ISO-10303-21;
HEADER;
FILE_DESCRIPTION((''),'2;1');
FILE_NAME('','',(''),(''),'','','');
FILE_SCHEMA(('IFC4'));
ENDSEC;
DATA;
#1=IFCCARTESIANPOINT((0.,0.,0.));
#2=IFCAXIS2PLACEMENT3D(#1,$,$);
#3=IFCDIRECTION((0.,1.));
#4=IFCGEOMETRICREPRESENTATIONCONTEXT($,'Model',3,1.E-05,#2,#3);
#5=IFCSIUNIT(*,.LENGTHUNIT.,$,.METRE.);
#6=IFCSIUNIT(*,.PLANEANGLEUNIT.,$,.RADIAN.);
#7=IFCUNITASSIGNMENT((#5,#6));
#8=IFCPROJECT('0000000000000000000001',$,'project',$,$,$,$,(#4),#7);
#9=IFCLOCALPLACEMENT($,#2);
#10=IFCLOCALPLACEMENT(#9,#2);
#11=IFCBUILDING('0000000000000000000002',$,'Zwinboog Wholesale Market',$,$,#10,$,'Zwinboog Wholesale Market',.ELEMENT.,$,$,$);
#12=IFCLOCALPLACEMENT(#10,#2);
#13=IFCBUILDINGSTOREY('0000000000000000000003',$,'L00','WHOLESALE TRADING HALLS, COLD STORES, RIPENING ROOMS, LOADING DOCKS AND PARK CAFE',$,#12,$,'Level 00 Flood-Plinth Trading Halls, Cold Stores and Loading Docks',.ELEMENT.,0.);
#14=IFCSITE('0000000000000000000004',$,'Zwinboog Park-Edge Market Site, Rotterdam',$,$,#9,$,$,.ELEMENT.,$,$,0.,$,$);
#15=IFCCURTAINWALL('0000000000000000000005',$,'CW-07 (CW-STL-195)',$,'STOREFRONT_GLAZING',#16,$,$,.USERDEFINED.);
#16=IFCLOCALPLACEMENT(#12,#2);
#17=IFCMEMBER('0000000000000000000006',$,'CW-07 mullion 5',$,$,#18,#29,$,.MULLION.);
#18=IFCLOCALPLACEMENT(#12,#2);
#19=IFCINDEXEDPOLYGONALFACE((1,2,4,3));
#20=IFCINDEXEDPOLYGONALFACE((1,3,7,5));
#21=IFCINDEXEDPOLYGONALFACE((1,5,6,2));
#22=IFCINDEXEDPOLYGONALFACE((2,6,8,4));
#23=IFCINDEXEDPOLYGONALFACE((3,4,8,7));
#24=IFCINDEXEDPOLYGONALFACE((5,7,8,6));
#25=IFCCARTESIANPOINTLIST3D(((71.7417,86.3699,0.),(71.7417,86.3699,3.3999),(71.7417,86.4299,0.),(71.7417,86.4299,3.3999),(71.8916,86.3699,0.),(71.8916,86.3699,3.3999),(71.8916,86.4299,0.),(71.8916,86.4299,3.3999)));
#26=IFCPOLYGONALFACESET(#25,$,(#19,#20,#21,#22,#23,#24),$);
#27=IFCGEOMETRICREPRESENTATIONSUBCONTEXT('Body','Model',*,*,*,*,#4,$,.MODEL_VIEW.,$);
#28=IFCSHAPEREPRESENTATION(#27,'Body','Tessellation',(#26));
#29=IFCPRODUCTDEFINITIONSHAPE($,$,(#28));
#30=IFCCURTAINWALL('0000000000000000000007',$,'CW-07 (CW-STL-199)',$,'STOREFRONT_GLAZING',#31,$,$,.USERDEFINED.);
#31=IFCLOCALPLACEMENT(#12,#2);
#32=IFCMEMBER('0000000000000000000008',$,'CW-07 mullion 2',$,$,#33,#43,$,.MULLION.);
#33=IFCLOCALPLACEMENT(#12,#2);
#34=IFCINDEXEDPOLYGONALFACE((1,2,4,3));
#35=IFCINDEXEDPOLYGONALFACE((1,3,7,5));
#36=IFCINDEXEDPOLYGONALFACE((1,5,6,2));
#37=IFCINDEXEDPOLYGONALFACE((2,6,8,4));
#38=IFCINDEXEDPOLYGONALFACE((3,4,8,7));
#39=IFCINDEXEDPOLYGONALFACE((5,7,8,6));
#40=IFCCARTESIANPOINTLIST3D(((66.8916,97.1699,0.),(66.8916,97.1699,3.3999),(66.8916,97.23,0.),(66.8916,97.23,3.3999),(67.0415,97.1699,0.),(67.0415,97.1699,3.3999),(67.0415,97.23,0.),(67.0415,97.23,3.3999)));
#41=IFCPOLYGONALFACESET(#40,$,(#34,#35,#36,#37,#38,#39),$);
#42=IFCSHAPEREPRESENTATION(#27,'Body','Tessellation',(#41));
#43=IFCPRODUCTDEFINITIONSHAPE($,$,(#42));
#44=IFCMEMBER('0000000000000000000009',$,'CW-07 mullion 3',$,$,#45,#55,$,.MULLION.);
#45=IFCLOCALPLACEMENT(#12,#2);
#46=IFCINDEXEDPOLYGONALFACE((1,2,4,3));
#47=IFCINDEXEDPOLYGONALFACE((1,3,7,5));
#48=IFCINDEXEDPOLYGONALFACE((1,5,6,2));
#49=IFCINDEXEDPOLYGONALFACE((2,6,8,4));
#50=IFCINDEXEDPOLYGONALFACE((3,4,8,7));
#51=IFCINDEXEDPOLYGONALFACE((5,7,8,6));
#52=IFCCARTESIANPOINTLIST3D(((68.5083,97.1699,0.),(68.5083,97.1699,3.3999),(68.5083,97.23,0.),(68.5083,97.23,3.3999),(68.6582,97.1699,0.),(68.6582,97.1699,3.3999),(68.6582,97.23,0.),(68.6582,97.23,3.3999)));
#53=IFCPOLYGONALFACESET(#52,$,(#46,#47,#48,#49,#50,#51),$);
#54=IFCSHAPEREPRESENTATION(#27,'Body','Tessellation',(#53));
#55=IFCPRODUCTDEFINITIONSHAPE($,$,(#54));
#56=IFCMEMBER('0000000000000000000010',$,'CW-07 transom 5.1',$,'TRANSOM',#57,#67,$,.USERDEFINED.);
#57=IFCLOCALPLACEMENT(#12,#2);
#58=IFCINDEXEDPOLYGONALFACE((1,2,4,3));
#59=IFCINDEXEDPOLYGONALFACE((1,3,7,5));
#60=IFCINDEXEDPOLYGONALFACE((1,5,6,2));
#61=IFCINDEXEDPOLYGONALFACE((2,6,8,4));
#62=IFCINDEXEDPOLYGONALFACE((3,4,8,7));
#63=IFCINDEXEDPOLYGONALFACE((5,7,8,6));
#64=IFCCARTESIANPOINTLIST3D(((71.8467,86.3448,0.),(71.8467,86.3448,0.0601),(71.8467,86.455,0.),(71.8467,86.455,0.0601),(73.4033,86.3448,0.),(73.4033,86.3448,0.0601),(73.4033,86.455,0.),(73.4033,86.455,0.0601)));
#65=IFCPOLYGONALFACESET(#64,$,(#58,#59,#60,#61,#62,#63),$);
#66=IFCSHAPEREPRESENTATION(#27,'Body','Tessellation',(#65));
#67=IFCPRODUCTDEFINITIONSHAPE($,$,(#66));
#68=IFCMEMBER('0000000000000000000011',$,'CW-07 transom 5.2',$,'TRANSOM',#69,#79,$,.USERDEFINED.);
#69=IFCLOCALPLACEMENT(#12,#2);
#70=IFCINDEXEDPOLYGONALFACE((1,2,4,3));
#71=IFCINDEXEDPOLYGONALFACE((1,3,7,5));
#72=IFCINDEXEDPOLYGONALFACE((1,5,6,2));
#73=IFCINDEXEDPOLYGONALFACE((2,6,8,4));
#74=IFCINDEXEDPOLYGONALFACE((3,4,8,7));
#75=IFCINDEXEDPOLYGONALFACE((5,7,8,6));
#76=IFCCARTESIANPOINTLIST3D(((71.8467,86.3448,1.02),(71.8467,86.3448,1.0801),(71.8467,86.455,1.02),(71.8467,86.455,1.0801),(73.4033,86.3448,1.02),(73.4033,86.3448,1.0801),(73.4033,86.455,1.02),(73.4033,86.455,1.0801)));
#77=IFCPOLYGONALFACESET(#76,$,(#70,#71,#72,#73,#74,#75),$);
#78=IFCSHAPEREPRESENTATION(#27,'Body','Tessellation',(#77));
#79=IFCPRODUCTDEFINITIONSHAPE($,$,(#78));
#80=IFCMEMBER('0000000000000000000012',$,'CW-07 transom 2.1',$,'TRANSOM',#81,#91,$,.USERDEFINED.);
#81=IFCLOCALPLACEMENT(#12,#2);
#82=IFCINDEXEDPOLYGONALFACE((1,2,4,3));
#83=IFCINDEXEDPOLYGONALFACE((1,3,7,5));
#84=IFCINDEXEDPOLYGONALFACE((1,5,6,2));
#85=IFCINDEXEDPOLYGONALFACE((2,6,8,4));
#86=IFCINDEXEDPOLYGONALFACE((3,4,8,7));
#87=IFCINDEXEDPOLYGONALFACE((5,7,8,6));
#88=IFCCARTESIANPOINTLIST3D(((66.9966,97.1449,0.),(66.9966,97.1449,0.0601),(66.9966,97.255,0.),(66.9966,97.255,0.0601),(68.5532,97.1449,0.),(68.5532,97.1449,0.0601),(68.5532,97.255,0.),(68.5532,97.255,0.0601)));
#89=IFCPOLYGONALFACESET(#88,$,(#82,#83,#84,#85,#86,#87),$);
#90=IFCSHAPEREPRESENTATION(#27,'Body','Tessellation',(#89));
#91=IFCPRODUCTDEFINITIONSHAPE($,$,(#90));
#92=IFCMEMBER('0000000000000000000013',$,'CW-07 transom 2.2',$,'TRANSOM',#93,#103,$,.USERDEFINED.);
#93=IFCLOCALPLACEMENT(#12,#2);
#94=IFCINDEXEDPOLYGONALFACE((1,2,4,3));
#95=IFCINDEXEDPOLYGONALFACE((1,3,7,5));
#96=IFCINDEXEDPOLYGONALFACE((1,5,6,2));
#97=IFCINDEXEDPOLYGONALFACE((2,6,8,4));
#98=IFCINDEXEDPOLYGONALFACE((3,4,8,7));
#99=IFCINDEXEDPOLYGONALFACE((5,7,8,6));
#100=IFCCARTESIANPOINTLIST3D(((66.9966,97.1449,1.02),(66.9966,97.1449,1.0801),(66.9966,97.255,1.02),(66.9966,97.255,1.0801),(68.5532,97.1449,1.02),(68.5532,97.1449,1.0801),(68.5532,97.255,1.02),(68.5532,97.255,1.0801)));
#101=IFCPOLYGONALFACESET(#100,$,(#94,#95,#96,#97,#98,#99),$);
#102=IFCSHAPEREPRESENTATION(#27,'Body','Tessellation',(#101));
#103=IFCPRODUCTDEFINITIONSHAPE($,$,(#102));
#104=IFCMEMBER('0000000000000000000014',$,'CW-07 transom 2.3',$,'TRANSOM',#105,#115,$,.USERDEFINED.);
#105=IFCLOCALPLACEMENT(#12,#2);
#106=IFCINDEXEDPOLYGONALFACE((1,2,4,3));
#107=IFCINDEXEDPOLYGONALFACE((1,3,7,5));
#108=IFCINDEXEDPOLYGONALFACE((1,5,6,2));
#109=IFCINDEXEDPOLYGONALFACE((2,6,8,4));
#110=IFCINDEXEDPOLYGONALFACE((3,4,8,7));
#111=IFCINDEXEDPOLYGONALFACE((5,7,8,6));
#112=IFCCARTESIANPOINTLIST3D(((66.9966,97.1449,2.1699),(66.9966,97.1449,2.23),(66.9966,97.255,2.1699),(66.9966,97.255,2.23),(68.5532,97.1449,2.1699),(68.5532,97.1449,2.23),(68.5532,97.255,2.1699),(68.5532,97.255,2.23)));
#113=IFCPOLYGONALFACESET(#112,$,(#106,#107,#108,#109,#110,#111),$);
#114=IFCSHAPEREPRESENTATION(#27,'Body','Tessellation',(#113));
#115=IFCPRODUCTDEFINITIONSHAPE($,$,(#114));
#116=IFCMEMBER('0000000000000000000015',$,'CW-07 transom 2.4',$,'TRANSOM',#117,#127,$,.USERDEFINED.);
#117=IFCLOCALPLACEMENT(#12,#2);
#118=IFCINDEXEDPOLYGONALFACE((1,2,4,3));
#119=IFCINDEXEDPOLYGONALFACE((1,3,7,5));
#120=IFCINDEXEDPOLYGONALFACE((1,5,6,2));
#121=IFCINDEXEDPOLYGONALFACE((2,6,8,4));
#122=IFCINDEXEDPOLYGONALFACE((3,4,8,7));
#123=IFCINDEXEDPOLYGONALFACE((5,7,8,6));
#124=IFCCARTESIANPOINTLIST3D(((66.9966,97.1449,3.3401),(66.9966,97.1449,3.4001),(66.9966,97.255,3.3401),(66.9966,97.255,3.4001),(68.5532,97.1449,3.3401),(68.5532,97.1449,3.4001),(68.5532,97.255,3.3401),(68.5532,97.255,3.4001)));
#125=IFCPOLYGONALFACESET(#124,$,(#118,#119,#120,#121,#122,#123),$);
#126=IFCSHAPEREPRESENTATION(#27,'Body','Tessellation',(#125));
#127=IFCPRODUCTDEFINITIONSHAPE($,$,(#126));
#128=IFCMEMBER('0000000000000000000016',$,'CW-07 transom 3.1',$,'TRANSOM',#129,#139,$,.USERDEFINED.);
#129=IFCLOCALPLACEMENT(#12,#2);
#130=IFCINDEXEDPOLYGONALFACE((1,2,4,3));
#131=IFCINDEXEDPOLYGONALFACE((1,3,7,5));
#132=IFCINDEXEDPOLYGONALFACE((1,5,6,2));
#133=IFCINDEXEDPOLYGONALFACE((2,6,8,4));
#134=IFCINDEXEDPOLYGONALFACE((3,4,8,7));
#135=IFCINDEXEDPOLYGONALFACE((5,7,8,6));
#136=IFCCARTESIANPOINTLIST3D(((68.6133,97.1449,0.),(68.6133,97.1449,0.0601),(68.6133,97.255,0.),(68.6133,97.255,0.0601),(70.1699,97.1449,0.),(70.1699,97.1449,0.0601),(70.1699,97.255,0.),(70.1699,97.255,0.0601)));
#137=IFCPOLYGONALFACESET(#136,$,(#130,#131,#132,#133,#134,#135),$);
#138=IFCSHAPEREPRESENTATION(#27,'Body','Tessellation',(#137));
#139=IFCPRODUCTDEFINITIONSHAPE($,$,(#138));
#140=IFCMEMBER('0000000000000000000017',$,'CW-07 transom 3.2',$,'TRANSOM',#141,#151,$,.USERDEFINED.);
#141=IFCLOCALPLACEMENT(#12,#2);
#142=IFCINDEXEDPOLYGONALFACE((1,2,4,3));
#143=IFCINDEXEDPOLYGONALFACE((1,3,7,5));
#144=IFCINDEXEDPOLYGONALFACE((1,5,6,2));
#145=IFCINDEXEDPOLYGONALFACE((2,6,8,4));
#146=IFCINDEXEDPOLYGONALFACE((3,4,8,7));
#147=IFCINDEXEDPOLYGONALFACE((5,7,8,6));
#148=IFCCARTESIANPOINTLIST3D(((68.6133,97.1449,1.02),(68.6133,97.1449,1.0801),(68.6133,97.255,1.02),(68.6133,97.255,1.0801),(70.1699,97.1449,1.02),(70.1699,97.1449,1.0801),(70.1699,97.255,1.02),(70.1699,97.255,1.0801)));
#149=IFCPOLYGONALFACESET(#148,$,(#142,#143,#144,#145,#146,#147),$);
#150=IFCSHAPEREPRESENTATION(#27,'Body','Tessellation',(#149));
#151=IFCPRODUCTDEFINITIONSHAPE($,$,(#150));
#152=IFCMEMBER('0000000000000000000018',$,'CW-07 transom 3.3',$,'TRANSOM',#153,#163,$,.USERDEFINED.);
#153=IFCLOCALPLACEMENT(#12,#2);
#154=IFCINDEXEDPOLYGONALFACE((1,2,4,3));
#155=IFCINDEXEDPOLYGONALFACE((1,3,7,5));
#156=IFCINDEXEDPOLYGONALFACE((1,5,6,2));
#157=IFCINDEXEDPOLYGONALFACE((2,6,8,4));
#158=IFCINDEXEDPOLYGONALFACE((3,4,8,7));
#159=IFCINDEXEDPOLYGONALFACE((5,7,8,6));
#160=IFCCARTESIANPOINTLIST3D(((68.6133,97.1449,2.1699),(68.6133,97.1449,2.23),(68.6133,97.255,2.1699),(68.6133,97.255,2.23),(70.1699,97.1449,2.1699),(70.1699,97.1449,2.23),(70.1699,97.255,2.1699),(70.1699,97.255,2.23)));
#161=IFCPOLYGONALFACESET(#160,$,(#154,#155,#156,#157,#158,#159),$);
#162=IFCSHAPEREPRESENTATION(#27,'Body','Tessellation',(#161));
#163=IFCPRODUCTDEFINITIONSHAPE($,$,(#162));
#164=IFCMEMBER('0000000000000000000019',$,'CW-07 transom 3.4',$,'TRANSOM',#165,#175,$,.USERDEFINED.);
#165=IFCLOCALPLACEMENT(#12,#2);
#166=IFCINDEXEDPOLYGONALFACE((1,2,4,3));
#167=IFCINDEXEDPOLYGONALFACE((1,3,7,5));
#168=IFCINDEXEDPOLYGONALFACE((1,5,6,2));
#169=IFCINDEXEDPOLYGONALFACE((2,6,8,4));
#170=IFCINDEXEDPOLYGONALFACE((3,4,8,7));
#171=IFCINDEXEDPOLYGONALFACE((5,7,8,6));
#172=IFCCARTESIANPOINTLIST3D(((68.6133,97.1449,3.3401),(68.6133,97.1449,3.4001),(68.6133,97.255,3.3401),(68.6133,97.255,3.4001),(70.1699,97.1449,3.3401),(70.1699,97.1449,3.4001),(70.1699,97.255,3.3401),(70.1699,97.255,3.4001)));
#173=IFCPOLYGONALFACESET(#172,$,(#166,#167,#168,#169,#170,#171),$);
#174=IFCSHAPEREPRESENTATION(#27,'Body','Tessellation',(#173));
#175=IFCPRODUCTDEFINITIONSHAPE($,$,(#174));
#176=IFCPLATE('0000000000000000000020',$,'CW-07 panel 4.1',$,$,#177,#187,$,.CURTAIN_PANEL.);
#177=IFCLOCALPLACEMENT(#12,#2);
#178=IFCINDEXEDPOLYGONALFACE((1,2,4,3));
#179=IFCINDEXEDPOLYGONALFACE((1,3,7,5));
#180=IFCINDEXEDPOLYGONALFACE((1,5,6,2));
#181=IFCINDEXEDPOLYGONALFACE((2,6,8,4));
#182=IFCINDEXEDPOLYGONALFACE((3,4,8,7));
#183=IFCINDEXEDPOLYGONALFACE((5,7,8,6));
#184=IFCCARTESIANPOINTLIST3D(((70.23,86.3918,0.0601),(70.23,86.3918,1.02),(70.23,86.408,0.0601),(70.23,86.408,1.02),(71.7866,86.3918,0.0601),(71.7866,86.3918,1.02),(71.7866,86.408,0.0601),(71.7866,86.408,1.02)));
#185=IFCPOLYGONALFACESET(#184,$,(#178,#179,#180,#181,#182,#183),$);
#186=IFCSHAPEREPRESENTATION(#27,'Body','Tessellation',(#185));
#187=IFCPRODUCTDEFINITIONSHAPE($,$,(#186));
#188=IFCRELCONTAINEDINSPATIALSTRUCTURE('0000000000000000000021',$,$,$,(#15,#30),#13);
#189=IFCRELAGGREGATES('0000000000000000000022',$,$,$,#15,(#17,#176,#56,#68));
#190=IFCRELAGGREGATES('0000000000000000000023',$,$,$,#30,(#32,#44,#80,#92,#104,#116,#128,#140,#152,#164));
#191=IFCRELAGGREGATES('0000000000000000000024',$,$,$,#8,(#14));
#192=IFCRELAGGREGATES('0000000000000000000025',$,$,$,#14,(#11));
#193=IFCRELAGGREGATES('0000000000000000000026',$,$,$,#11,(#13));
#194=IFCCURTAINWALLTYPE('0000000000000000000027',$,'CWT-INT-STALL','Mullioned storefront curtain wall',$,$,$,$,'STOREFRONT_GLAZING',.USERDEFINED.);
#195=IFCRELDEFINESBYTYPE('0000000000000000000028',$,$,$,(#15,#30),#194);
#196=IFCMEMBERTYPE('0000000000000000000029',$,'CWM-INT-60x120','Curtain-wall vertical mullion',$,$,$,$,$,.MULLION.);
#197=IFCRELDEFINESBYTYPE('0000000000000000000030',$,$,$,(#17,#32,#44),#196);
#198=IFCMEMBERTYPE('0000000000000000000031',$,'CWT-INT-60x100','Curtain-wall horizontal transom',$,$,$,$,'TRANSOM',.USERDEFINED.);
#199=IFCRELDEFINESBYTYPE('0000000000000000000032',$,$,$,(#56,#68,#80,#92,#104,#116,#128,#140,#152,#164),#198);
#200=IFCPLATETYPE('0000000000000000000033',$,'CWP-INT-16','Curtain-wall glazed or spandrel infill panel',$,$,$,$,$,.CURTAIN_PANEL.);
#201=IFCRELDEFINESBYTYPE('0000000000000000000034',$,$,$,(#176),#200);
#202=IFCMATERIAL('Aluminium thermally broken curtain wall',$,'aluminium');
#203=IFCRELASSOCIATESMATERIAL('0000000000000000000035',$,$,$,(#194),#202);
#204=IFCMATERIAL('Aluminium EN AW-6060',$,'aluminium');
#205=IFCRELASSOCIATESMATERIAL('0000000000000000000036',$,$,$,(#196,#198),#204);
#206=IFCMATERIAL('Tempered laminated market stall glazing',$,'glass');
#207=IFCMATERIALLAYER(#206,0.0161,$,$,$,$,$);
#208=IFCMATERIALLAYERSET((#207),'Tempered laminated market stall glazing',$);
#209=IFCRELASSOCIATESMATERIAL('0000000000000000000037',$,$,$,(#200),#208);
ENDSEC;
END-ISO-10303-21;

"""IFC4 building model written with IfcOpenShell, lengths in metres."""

from ifc_helpers import new_model, si_unit, direction, frame, origin, origin_2d, place, context, subcontext, project, spatial, rectangle, extrude, material, layer, layer_set, material_profile, profile_set, type_object, element, aggregate, save


model = new_model("IFC4")

# Units and contexts
model_context = context("Model", 3, precision=1e-05, world=origin(), true_north=direction((0.0, 1.0)))
body_context = subcontext(model_context, "Body", "Model", "MODEL_VIEW")
ifc_project = project(units=[si_unit("LENGTHUNIT", "METRE"), si_unit("PLANEANGLEUNIT", "RADIAN")], contexts=[model_context])

# Site, building, storey
site_placement = place(None, origin())
site = spatial("IfcSite", under=ifc_project, at=site_placement, Name="Zwinboog Park-Edge Market Site, Rotterdam", CompositionType="ELEMENT", RefElevation=0.0)
building_placement = place(site_placement, origin())
building = spatial("IfcBuilding", under=site, at=building_placement, Name="Zwinboog Wholesale Market", LongName="Zwinboog Wholesale Market", CompositionType="ELEMENT")
storey_placement = place(building_placement, origin())
storey = spatial("IfcBuildingStorey", under=building, at=storey_placement, Name="L00", Description="WHOLESALE TRADING HALLS, COLD STORES, RIPENING ROOMS, LOADING DOCKS AND PARK CAFE", LongName="Level 00 Flood-Plinth Trading Halls, Cold Stores and Loading Docks", CompositionType="ELEMENT", Elevation=0.0)

# Curtain wall, member
ifc_material_1 = material(Name="Aluminium thermally broken curtain wall", Category="aluminium")
curtain_wall_type = type_object("IfcCurtainWallType", Name="CWT-INT-STALL", Description="Mullioned storefront curtain wall", ElementType="STOREFRONT_GLAZING", PredefinedType="USERDEFINED", material=ifc_material_1)
curtain_wall_1_placement = place(storey_placement, origin())
curtain_wall_1 = element("IfcCurtainWall", 1, at=curtain_wall_1_placement, inside=storey, type_object=curtain_wall_type, Name="CW-07 (CW-STL-195)", ObjectType="STOREFRONT_GLAZING", PredefinedType="USERDEFINED")
ifc_material_2 = material(Name="Aluminium EN AW-6060", Category="aluminium")
ifc_material_profile_1 = material_profile(ifc_material_2, rectangle(XDim=0.0601, YDim=0.1499, at=origin_2d()), Name="AL 60x150")
ifc_profile_set_1 = profile_set([ifc_material_profile_1], Name="Aluminium EN AW-6060")
member_type_1 = type_object("IfcMemberType", Name="CWM-INT-60x120", Description="Curtain-wall vertical mullion", PredefinedType="MULLION", material=ifc_profile_set_1)
member_1_placement = place(storey_placement, frame((71.8167, 86.3999, 0.0), z_axis=(0.0, 0.0, 1.0), x_axis=(0.0, 1.0, 0.0)))
member_1 = element("IfcMember", 2, at=member_1_placement, type_object=member_type_1, Name="CW-07 mullion 5", PredefinedType="MULLION", context=body_context, shape_type="SweptSolid", body=[
    extrude(rectangle(XDim=0.0601, YDim=0.1499, at=origin_2d()), origin(), (0.0, 0.0, 1.0), 3.3999),
])

# Curtain wall, members
curtain_wall_2_placement = place(storey_placement, origin())
curtain_wall_2 = element("IfcCurtainWall", 3, at=curtain_wall_2_placement, inside=storey, type_object=curtain_wall_type, Name="CW-07 (CW-STL-199)", ObjectType="STOREFRONT_GLAZING", PredefinedType="USERDEFINED")
member_2_placement = place(storey_placement, frame((66.9666, 97.2, 0.0), z_axis=(0.0, 0.0, 1.0), x_axis=(0.0, 1.0, 0.0)))
member_2 = element("IfcMember", 4, at=member_2_placement, type_object=member_type_1, Name="CW-07 mullion 2", PredefinedType="MULLION", context=body_context, shape_type="SweptSolid", body=[
    extrude(rectangle(XDim=0.0601, YDim=0.1499, at=origin_2d()), origin(), (0.0, 0.0, 1.0), 3.3999),
])
member_3_placement = place(storey_placement, frame((68.5833, 97.2, 0.0), z_axis=(0.0, 0.0, 1.0), x_axis=(0.0, 1.0, 0.0)))
member_3 = element("IfcMember", 5, at=member_3_placement, type_object=member_type_1, Name="CW-07 mullion 3", PredefinedType="MULLION", context=body_context, shape_type="SweptSolid", body=[
    extrude(rectangle(XDim=0.0601, YDim=0.1499, at=origin_2d()), origin(), (0.0, 0.0, 1.0), 3.3999),
])

# Members
ifc_material_profile_2 = material_profile(ifc_material_2, rectangle(XDim=0.1101, YDim=0.0601, at=origin_2d()), Name="AL 60x110")
ifc_profile_set_2 = profile_set([ifc_material_profile_2], Name="Aluminium EN AW-6060")
member_type_2 = type_object("IfcMemberType", Name="CWT-INT-60x100", Description="Curtain-wall horizontal transom", ElementType="TRANSOM", PredefinedType="USERDEFINED", material=ifc_profile_set_2)
member_4_placement = place(storey_placement, frame((71.8467, 86.3999, 0.03), z_axis=(1.0, 0.0, 0.0), x_axis=(0.0, 1.0, 0.0)))
member_4 = element("IfcMember", 6, at=member_4_placement, type_object=member_type_2, Name="CW-07 transom 5.1", ObjectType="TRANSOM", PredefinedType="USERDEFINED", context=body_context, shape_type="SweptSolid", body=[
    extrude(rectangle(XDim=0.1101, YDim=0.0601, at=origin_2d()), origin(), (0.0, 0.0, 1.0), 1.5566),
])
member_5_placement = place(storey_placement, frame((71.8467, 86.3999, 1.05), z_axis=(1.0, 0.0, 0.0), x_axis=(0.0, 1.0, 0.0)))
member_5 = element("IfcMember", 7, at=member_5_placement, type_object=member_type_2, Name="CW-07 transom 5.2", ObjectType="TRANSOM", PredefinedType="USERDEFINED", context=body_context, shape_type="SweptSolid", body=[
    extrude(rectangle(XDim=0.1101, YDim=0.0601, at=origin_2d()), origin(), (0.0, 0.0, 1.0), 1.5566),
])
member_6_placement = place(storey_placement, frame((66.9966, 97.2, 0.03), z_axis=(1.0, 0.0, 0.0), x_axis=(0.0, 1.0, 0.0)))
member_6 = element("IfcMember", 8, at=member_6_placement, type_object=member_type_2, Name="CW-07 transom 2.1", ObjectType="TRANSOM", PredefinedType="USERDEFINED", context=body_context, shape_type="SweptSolid", body=[
    extrude(rectangle(XDim=0.1101, YDim=0.0601, at=origin_2d()), origin(), (0.0, 0.0, 1.0), 1.5566),
])
member_7_placement = place(storey_placement, frame((66.9966, 97.2, 1.05), z_axis=(1.0, 0.0, 0.0), x_axis=(0.0, 1.0, 0.0)))
member_7 = element("IfcMember", 9, at=member_7_placement, type_object=member_type_2, Name="CW-07 transom 2.2", ObjectType="TRANSOM", PredefinedType="USERDEFINED", context=body_context, shape_type="SweptSolid", body=[
    extrude(rectangle(XDim=0.1101, YDim=0.0601, at=origin_2d()), origin(), (0.0, 0.0, 1.0), 1.5566),
])
member_8_placement = place(storey_placement, frame((66.9966, 97.2, 2.2), z_axis=(1.0, 0.0, 0.0), x_axis=(0.0, 1.0, 0.0)))
member_8 = element("IfcMember", 10, at=member_8_placement, type_object=member_type_2, Name="CW-07 transom 2.3", ObjectType="TRANSOM", PredefinedType="USERDEFINED", context=body_context, shape_type="SweptSolid", body=[
    extrude(rectangle(XDim=0.1101, YDim=0.0601, at=origin_2d()), origin(), (0.0, 0.0, 1.0), 1.5566),
])
member_9_placement = place(storey_placement, frame((66.9966, 97.2, 3.3701), z_axis=(1.0, 0.0, 0.0), x_axis=(0.0, 1.0, 0.0)))
member_9 = element("IfcMember", 11, at=member_9_placement, type_object=member_type_2, Name="CW-07 transom 2.4", ObjectType="TRANSOM", PredefinedType="USERDEFINED", context=body_context, shape_type="SweptSolid", body=[
    extrude(rectangle(XDim=0.1101, YDim=0.0601, at=origin_2d()), origin(), (0.0, 0.0, 1.0), 1.5566),
])
member_10_placement = place(storey_placement, frame((68.6133, 97.2, 0.03), z_axis=(1.0, 0.0, 0.0), x_axis=(0.0, 1.0, 0.0)))
member_10 = element("IfcMember", 12, at=member_10_placement, type_object=member_type_2, Name="CW-07 transom 3.1", ObjectType="TRANSOM", PredefinedType="USERDEFINED", context=body_context, shape_type="SweptSolid", body=[
    extrude(rectangle(XDim=0.1101, YDim=0.0601, at=origin_2d()), origin(), (0.0, 0.0, 1.0), 1.5566),
])
member_11_placement = place(storey_placement, frame((68.6133, 97.2, 1.05), z_axis=(1.0, 0.0, 0.0), x_axis=(0.0, 1.0, 0.0)))
member_11 = element("IfcMember", 13, at=member_11_placement, type_object=member_type_2, Name="CW-07 transom 3.2", ObjectType="TRANSOM", PredefinedType="USERDEFINED", context=body_context, shape_type="SweptSolid", body=[
    extrude(rectangle(XDim=0.1101, YDim=0.0601, at=origin_2d()), origin(), (0.0, 0.0, 1.0), 1.5566),
])
member_12_placement = place(storey_placement, frame((68.6133, 97.2, 2.2), z_axis=(1.0, 0.0, 0.0), x_axis=(0.0, 1.0, 0.0)))
member_12 = element("IfcMember", 14, at=member_12_placement, type_object=member_type_2, Name="CW-07 transom 3.3", ObjectType="TRANSOM", PredefinedType="USERDEFINED", context=body_context, shape_type="SweptSolid", body=[
    extrude(rectangle(XDim=0.1101, YDim=0.0601, at=origin_2d()), origin(), (0.0, 0.0, 1.0), 1.5566),
])
member_13_placement = place(storey_placement, frame((68.6133, 97.2, 3.3701), z_axis=(1.0, 0.0, 0.0), x_axis=(0.0, 1.0, 0.0)))
member_13 = element("IfcMember", 15, at=member_13_placement, type_object=member_type_2, Name="CW-07 transom 3.4", ObjectType="TRANSOM", PredefinedType="USERDEFINED", context=body_context, shape_type="SweptSolid", body=[
    extrude(rectangle(XDim=0.1101, YDim=0.0601, at=origin_2d()), origin(), (0.0, 0.0, 1.0), 1.5566),
])

# Plate
ifc_material_3 = material(Name="Tempered laminated market stall glazing", Category="glass")
ifc_layer = layer(ifc_material_3, 0.0161)
ifc_layer_set = layer_set([ifc_layer], Name="Tempered laminated market stall glazing")
plate_type = type_object("IfcPlateType", Name="CWP-INT-16", Description="Curtain-wall glazed or spandrel infill panel", PredefinedType="CURTAIN_PANEL", material=ifc_layer_set)
plate_1_placement = place(storey_placement, frame((71.0083, 86.3999, 0.0601), z_axis=(0.0, 0.0, 1.0), x_axis=(1.0, 0.0, 0.0)))
plate_1 = element("IfcPlate", 16, at=plate_1_placement, type_object=plate_type, Name="CW-07 panel 4.1", PredefinedType="CURTAIN_PANEL", context=body_context, shape_type="SweptSolid", body=[
    extrude(rectangle(XDim=1.5566, YDim=0.0161, at=origin_2d()), origin(), (0.0, 0.0, 1.0), 0.96),
])
aggregate(curtain_wall_1, [member_1, plate_1, member_4, member_5])
aggregate(curtain_wall_2, [member_2, member_3, member_6, member_7, member_8, member_9, member_10, member_11, member_12, member_13])

save(model, "model.ifc")
